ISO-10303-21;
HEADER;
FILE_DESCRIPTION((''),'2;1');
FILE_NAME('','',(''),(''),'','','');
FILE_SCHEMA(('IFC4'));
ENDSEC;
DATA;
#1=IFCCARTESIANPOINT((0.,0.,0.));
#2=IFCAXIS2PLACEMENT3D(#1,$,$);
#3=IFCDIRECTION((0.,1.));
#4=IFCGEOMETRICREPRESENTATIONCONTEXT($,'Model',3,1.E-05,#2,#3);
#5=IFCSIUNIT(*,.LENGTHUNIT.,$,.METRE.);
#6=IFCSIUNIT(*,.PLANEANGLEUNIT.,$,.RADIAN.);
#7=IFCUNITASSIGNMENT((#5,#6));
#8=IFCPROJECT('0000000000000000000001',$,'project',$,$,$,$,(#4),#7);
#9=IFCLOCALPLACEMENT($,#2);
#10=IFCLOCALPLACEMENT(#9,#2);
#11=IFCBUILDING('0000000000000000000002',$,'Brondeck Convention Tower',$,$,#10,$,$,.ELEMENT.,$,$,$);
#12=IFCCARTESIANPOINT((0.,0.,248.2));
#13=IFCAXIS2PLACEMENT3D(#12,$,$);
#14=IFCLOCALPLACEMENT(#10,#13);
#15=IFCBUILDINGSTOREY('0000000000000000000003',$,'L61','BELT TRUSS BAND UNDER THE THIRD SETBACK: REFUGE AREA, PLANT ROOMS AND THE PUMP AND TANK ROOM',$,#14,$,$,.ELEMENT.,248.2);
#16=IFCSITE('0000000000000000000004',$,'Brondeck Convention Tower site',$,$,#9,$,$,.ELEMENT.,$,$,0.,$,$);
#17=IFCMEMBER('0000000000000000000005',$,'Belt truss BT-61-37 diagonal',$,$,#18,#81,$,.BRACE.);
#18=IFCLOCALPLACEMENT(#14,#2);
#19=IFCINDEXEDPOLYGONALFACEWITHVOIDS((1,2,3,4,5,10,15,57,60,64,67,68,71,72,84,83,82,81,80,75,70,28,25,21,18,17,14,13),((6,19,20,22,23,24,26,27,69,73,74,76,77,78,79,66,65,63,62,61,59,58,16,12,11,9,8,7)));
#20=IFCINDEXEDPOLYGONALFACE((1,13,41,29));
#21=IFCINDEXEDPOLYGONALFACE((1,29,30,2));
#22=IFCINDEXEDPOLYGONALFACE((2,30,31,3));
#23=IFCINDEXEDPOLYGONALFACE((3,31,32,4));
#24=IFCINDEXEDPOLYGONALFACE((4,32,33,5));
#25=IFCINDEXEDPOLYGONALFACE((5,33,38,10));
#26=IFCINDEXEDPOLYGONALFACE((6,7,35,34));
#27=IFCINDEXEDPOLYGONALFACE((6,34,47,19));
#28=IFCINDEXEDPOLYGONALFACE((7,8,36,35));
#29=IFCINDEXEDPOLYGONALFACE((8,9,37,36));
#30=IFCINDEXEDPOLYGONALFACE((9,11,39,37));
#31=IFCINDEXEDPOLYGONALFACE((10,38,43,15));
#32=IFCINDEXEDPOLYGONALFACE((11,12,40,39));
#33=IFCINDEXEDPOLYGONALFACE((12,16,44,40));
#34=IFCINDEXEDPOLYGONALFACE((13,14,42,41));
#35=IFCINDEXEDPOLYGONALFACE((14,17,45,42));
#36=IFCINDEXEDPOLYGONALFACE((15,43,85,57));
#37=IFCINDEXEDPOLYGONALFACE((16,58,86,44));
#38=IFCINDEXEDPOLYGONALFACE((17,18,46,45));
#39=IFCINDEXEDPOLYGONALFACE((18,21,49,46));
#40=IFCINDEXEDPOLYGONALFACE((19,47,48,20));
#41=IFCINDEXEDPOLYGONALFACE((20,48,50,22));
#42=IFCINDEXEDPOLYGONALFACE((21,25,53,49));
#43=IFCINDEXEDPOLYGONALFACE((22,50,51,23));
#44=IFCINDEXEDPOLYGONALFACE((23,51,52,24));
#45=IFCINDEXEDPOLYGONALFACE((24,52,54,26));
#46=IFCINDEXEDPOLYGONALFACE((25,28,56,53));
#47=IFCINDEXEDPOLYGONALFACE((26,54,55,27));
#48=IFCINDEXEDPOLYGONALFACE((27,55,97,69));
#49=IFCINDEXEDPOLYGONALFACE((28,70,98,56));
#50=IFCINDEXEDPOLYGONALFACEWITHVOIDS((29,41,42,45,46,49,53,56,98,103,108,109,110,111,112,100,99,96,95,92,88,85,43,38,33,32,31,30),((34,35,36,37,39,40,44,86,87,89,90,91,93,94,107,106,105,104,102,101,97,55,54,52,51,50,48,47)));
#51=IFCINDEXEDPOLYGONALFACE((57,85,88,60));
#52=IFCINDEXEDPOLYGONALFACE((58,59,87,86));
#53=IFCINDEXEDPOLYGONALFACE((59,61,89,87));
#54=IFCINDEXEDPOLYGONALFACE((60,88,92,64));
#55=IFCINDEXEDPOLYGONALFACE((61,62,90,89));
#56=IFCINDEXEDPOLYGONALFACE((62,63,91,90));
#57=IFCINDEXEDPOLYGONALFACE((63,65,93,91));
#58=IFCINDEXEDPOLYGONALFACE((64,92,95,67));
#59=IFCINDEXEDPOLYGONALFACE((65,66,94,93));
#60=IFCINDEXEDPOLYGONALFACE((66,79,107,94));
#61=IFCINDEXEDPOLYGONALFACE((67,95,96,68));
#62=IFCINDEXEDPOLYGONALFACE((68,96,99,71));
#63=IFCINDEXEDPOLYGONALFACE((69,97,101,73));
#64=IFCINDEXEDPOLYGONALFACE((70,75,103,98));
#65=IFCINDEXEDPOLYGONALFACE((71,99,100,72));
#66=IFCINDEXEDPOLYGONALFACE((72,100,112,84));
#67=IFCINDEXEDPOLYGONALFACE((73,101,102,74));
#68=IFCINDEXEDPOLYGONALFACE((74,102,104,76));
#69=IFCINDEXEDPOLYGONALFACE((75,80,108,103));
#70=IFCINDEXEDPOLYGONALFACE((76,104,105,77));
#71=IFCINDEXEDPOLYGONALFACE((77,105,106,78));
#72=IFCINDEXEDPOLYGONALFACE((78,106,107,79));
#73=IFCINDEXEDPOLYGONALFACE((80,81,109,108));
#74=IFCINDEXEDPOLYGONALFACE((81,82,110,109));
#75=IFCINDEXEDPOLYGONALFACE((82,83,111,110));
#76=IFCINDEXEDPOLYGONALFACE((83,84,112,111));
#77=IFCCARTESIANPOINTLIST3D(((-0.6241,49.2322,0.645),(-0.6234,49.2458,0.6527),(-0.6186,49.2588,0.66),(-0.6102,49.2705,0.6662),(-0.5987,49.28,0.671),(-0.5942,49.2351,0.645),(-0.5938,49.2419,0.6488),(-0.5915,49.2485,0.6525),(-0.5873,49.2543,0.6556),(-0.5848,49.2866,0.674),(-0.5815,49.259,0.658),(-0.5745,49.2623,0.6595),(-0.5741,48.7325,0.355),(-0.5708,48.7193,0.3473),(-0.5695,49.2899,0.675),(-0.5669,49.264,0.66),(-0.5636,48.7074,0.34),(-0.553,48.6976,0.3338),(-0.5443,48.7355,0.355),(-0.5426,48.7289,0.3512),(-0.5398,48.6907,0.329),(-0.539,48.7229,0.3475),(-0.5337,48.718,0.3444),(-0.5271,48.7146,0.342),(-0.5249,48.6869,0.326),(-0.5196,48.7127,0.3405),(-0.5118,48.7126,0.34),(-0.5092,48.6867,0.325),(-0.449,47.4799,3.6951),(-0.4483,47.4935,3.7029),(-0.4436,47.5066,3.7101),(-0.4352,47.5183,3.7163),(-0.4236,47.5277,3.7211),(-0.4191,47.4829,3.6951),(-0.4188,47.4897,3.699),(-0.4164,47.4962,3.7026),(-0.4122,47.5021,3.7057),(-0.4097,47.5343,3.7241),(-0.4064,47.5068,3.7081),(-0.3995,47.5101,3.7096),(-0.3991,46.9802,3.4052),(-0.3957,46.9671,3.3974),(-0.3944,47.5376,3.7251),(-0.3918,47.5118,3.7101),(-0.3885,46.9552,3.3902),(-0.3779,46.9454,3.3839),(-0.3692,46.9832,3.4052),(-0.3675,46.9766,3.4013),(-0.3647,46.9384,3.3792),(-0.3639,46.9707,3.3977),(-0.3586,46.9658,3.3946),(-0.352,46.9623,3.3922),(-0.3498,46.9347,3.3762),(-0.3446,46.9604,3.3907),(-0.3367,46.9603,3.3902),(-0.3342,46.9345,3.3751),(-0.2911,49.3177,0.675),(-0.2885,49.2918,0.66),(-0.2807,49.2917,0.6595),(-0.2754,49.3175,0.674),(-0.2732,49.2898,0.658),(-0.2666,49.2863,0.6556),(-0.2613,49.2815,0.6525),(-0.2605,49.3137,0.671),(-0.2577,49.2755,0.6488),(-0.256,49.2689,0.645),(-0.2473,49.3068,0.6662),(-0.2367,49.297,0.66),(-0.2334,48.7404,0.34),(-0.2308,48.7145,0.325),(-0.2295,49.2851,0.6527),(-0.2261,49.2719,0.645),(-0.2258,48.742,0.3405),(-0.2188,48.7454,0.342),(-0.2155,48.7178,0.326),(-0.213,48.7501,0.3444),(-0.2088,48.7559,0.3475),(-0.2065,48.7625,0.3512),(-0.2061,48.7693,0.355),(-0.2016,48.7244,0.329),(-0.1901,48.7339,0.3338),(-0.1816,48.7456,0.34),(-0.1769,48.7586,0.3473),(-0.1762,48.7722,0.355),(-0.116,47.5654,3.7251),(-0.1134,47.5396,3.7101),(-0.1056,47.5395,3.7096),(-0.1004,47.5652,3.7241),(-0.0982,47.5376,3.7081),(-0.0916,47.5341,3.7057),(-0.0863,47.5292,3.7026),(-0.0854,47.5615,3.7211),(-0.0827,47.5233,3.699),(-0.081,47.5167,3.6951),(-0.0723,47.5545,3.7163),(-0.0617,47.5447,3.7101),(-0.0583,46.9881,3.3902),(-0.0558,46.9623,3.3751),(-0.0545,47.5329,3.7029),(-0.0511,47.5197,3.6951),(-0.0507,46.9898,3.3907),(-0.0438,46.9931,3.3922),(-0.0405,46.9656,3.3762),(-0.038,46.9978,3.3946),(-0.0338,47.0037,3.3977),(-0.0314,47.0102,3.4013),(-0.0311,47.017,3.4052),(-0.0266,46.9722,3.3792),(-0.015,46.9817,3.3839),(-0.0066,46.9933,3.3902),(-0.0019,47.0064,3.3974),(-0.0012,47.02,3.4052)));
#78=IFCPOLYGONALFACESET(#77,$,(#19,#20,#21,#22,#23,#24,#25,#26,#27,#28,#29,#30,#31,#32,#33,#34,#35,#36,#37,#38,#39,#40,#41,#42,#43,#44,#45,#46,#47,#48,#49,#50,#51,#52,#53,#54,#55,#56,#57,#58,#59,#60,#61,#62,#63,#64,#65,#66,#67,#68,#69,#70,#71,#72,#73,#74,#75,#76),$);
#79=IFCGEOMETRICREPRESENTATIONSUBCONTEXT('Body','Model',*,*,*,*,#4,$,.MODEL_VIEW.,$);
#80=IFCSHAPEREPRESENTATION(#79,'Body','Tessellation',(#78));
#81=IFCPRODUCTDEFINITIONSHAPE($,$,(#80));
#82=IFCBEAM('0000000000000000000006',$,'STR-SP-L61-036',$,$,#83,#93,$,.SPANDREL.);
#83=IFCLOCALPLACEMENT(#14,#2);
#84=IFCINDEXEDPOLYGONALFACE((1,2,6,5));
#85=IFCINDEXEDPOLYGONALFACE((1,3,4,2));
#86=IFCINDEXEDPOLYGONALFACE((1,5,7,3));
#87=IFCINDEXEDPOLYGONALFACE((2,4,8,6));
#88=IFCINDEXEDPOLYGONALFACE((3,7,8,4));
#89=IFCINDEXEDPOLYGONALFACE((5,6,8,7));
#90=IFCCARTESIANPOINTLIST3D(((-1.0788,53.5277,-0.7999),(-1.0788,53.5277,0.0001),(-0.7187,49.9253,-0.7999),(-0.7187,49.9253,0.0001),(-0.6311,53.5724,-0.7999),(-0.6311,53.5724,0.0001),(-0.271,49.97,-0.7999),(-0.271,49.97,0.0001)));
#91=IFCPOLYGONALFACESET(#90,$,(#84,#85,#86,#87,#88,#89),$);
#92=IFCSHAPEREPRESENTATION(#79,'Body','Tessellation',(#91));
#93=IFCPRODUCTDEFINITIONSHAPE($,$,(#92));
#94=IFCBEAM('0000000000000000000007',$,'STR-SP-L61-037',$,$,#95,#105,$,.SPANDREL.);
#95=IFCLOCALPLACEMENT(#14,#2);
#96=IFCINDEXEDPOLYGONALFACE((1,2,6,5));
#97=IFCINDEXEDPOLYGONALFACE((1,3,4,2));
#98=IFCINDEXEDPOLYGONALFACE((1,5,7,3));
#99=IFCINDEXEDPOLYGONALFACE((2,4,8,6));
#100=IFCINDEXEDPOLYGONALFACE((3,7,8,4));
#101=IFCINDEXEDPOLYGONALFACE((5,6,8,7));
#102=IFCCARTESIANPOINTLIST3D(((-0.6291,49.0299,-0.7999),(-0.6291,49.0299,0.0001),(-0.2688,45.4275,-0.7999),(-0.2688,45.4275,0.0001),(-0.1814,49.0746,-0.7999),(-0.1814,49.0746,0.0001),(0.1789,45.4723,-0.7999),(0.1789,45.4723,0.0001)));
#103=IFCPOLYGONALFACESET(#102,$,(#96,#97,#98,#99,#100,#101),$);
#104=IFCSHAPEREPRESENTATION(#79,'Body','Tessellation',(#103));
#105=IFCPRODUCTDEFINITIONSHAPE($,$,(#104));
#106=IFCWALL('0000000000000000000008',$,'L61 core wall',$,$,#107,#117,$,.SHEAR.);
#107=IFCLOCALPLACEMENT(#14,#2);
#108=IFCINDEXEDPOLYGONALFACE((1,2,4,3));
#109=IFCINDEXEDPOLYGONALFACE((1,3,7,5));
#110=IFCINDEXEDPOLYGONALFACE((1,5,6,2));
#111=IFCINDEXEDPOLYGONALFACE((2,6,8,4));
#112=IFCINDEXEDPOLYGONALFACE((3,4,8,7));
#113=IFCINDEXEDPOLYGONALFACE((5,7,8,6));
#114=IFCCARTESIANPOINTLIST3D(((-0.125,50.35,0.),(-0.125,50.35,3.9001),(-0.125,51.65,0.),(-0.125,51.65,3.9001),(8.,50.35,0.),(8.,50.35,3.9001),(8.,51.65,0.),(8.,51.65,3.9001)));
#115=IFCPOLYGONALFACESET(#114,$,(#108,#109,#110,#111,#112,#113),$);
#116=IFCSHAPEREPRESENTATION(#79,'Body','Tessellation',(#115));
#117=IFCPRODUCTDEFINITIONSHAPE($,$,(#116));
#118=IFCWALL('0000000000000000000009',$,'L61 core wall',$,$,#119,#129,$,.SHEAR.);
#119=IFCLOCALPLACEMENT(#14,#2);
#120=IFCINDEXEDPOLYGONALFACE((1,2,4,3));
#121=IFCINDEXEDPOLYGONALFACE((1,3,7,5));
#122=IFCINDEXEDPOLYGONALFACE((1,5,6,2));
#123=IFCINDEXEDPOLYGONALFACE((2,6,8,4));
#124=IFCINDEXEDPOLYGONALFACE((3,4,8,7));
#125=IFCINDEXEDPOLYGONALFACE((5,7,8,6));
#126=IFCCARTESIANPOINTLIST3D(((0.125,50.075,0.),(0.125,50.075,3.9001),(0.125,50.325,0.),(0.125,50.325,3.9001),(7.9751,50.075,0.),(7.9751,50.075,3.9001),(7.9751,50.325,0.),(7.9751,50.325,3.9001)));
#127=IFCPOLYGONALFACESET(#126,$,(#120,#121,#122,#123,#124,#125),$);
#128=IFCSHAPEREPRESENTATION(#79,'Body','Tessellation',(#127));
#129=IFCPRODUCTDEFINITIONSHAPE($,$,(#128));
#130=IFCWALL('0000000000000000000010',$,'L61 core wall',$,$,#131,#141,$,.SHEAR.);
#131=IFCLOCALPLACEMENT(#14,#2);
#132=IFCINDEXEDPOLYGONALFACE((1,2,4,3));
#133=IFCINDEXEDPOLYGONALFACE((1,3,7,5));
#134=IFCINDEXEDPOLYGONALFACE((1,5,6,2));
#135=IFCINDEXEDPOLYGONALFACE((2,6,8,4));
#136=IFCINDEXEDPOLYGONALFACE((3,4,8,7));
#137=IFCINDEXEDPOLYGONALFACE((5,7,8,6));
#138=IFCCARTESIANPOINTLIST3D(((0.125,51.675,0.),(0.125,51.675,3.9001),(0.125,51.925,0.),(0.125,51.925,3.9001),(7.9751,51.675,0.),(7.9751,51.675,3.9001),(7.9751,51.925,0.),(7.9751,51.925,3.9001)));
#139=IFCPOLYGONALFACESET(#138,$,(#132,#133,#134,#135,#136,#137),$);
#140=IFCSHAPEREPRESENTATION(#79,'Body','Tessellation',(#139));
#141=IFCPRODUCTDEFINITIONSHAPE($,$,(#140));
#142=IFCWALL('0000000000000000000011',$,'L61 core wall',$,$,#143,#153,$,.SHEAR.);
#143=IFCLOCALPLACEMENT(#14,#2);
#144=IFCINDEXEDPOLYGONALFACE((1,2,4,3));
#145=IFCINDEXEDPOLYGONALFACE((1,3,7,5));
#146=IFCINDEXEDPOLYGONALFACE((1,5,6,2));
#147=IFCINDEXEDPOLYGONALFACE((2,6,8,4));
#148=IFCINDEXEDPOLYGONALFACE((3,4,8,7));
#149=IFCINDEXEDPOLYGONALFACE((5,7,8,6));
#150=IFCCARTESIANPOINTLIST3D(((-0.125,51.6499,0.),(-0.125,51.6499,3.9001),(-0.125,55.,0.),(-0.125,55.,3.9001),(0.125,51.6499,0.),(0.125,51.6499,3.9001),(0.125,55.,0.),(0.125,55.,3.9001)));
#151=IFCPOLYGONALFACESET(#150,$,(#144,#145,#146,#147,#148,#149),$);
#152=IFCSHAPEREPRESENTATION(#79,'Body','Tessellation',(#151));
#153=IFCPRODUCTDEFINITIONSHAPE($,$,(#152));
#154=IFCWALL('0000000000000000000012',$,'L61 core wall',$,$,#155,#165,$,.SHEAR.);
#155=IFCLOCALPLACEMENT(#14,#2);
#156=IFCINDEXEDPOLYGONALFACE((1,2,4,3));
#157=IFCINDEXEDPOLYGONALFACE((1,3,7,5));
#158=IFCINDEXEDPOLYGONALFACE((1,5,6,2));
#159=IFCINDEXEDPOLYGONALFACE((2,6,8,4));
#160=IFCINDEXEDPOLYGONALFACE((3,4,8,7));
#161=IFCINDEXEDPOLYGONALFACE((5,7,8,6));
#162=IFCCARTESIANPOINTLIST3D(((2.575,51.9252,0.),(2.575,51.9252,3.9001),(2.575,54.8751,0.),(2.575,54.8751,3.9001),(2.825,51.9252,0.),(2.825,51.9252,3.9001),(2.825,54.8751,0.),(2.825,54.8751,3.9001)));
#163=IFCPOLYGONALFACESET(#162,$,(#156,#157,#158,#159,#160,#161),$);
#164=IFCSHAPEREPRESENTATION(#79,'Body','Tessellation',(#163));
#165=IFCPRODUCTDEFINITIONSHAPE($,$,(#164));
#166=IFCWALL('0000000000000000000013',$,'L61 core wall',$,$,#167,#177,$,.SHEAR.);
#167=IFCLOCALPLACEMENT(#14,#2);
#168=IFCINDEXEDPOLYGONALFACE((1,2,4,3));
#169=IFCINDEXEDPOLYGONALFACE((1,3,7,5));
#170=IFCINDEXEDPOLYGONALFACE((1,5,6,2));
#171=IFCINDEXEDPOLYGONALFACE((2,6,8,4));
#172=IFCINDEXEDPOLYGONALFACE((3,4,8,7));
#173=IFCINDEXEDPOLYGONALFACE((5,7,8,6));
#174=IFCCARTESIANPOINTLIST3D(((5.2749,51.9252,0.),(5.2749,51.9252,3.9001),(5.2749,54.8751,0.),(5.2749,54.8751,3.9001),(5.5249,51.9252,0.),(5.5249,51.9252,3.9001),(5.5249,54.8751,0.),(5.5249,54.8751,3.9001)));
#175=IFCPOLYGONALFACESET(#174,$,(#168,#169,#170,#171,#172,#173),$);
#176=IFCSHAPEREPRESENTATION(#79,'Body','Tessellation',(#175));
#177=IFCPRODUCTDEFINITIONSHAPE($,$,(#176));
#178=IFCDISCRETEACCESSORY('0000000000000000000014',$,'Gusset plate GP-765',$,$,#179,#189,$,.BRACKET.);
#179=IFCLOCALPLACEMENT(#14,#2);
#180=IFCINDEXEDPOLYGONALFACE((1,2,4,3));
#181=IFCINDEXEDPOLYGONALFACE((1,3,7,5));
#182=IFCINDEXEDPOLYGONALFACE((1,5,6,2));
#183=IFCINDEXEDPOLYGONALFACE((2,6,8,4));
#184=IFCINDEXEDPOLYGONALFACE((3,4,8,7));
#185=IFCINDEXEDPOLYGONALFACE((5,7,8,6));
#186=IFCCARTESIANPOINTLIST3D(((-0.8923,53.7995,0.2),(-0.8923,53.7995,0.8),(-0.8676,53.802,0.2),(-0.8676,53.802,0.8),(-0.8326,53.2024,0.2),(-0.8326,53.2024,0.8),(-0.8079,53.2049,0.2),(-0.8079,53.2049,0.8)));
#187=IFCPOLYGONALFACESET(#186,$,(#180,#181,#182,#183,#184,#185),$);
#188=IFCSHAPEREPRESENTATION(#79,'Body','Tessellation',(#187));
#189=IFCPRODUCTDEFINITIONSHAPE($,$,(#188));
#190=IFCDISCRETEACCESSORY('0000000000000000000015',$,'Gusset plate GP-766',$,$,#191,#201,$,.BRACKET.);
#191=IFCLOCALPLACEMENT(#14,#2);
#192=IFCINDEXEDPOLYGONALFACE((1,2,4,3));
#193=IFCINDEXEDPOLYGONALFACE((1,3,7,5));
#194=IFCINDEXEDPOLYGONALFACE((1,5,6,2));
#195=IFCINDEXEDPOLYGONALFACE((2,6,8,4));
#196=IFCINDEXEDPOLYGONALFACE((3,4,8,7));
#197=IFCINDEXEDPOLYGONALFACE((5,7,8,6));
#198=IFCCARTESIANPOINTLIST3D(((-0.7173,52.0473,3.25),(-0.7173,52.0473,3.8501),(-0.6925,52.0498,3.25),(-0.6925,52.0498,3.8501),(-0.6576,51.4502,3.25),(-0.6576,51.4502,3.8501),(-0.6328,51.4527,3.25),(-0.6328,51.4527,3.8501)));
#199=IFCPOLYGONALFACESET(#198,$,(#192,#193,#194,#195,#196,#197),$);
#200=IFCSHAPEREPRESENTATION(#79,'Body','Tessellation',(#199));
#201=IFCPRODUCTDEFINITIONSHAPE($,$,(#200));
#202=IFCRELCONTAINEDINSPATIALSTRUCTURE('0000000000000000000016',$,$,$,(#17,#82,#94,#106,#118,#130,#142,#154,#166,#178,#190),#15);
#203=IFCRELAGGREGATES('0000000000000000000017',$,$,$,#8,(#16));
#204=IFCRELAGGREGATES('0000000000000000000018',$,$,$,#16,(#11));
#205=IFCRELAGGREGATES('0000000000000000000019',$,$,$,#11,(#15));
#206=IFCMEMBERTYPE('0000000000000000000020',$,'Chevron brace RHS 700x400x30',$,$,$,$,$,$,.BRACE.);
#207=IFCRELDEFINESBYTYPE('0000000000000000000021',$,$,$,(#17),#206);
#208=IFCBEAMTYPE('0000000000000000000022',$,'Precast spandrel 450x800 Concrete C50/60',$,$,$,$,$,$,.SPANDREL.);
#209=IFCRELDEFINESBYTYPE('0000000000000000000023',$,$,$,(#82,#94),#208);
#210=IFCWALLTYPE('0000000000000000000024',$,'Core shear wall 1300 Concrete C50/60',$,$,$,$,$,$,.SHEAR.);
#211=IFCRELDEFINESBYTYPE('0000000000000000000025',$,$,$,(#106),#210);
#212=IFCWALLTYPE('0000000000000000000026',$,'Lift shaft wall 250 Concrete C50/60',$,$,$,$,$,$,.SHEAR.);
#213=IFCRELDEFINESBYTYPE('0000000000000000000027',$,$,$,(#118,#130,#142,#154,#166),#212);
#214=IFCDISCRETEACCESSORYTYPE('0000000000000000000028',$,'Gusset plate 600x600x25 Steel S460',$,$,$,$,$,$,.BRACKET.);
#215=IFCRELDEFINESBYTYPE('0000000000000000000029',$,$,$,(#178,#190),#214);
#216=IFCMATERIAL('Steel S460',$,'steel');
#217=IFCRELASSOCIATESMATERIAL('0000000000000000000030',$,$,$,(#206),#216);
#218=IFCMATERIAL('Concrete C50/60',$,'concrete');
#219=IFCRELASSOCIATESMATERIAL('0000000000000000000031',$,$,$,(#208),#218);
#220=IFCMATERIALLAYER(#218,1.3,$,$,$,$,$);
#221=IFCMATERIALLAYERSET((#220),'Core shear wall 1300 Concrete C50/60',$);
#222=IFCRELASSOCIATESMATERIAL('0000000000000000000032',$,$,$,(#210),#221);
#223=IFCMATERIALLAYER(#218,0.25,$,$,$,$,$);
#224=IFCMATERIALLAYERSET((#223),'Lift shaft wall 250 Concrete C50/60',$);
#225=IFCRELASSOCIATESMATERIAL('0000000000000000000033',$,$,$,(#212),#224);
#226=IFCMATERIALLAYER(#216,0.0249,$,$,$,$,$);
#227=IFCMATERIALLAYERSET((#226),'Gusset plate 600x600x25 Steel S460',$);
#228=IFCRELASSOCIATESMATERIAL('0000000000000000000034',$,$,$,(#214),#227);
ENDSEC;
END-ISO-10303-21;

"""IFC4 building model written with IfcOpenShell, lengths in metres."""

from ifc_helpers import new_model, si_unit, direction, frame, frame_2d, origin, origin_2d, place, context, subcontext, project, spatial, rectangle, hollow_rectangle, extrude, material, layer, layer_set, material_profile, profile_set, type_object, element, save


model = new_model("IFC4")

# Units and contexts
model_context = context("Model", 3, precision=1e-05, world=origin(), true_north=direction((0.0, 1.0)))
body_context = subcontext(model_context, "Body", "Model", "MODEL_VIEW")
ifc_project = project(units=[si_unit("LENGTHUNIT", "METRE"), si_unit("PLANEANGLEUNIT", "RADIAN")], contexts=[model_context])

# Site, building, storey
site_placement = place(None, origin())
site = spatial("IfcSite", under=ifc_project, at=site_placement, Name="Brondeck Convention Tower site", CompositionType="ELEMENT", RefElevation=0.0)
building_placement = place(site_placement, origin())
building = spatial("IfcBuilding", under=site, at=building_placement, Name="Brondeck Convention Tower", CompositionType="ELEMENT")
storey_placement = place(building_placement, frame((0.0, 0.0, 248.2)))
storey = spatial("IfcBuildingStorey", under=building, at=storey_placement, Name="L61", Description="BELT TRUSS BAND UNDER THE THIRD SETBACK: REFUGE AREA, PLANT ROOMS AND THE PUMP AND TANK ROOM", CompositionType="ELEMENT", Elevation=248.2)

# Shared definitions
ifc_material_1 = material(Name="Concrete C50/60", Category="concrete")

# Member
ifc_material_2 = material(Name="Steel S460", Category="steel")
ifc_material_profile_1 = material_profile(ifc_material_2, hollow_rectangle(XDim=0.3999, YDim=0.7, WallThickness=0.03, InnerFilletRadius=0.03, OuterFilletRadius=0.0601, at=origin_2d()), Name="RHS 700x400x30")
ifc_profile_set_1 = profile_set([ifc_material_profile_1], Name="Steel S460")
member_type = type_object("IfcMemberType", Name="Chevron brace RHS 700x400x30", PredefinedType="BRACE", material=ifc_profile_set_1)
for number, where, z_axis, x_axis, name in (
    (1, (-0.4001, 49.0022, 0.5), (0.049703, -0.497518, 0.866029), (0.995047, 0.099408, 0.0), "Belt truss BT-61-37 diagonal"),
):
    element("IfcMember", number, at=place(storey_placement, frame(where, z_axis=z_axis, x_axis=x_axis)), inside=storey, type_object=member_type, Name=name, PredefinedType="BRACE", context=body_context, shape_type="SweptSolid", body=[
        extrude(hollow_rectangle(XDim=0.3999, YDim=0.7, WallThickness=0.03, InnerFilletRadius=0.03, OuterFilletRadius=0.0601, at=origin_2d()), origin(), (0.0, 0.0, 1.0), 3.522),
    ])

# Beams
ifc_material_profile_2 = material_profile(ifc_material_1, rectangle(XDim=0.45, YDim=0.8, at=origin_2d()), Name="Precast spandrel 450x800 Concrete C50/60")
ifc_profile_set_2 = profile_set([ifc_material_profile_2], Name="Concrete C50/60")
beam_type = type_object("IfcBeamType", Name="Precast spandrel 450x800 Concrete C50/60", PredefinedType="SPANDREL", material=ifc_profile_set_2)
for number, where, z_axis, x_axis, name in (
    (2, (-0.855, 53.55, -0.3999), (0.09947, -0.995041, 0.0), (0.995041, 0.09947, 0.0), "STR-SP-L61-036"),
    (3, (-0.4053, 49.0522, -0.3999), (0.099537, -0.995034, 0.0), (0.995034, 0.099537, 0.0), "STR-SP-L61-037"),
):
    element("IfcBeam", number, at=place(storey_placement, frame(where, z_axis=z_axis, x_axis=x_axis)), inside=storey, type_object=beam_type, Name=name, PredefinedType="SPANDREL", context=body_context, shape_type="SweptSolid", body=[
        extrude(rectangle(XDim=0.45, YDim=0.8, at=origin_2d()), origin(), (0.0, 0.0, 1.0), 3.6204),
    ])

# Walls
ifc_layer_1 = layer(ifc_material_1, 1.3)
ifc_layer_set_1 = layer_set([ifc_layer_1], Name="Core shear wall 1300 Concrete C50/60")
wall_type_1 = type_object("IfcWallType", Name="Core shear wall 1300 Concrete C50/60", PredefinedType="SHEAR", material=ifc_layer_set_1)
wall_1_placement = place(storey_placement, frame((-0.125, 51.0, 0.0), z_axis=(0.0, 0.0, 1.0), x_axis=(1.0, 0.0, 0.0)))
element("IfcWall", 4, at=wall_1_placement, inside=storey, type_object=wall_type_1, Name="L61 core wall", PredefinedType="SHEAR", context=body_context, shape_type="SweptSolid", body=[
    extrude(rectangle(XDim=8.125, YDim=1.3, at=frame_2d((4.0625, 0.0))), origin(), (0.0, 0.0, 1.0), 3.9001),
])
ifc_layer_2 = layer(ifc_material_1, 0.25)
ifc_layer_set_2 = layer_set([ifc_layer_2], Name="Lift shaft wall 250 Concrete C50/60")
wall_type_2 = type_object("IfcWallType", Name="Lift shaft wall 250 Concrete C50/60", PredefinedType="SHEAR", material=ifc_layer_set_2)
for number, where, z_axis, x_axis, name in (
    (5, (0.125, 50.2, 0.0), (0.0, 0.0, 1.0), (1.0, 0.0, 0.0), "L61 core wall"),
    (6, (0.125, 51.8, 0.0), (0.0, 0.0, 1.0), (1.0, 0.0, 0.0), "L61 core wall"),
):
    element("IfcWall", number, at=place(storey_placement, frame(where, z_axis=z_axis, x_axis=x_axis)), inside=storey, type_object=wall_type_2, Name=name, PredefinedType="SHEAR", context=body_context, shape_type="SweptSolid", body=[
        extrude(rectangle(XDim=7.8501, YDim=0.25, at=frame_2d((3.925, 0.0))), origin(), (0.0, 0.0, 1.0), 3.9001),
    ])
wall_2_placement = place(storey_placement, frame((0.0, 51.6499, 0.0), z_axis=(0.0, 0.0, 1.0), x_axis=(0.0, 1.0, 0.0)))
element("IfcWall", 7, at=wall_2_placement, inside=storey, type_object=wall_type_2, Name="L61 core wall", PredefinedType="SHEAR", context=body_context, shape_type="SweptSolid", body=[
    extrude(rectangle(XDim=3.3501, YDim=0.25, at=frame_2d((1.675, 0.0))), origin(), (0.0, 0.0, 1.0), 3.9001),
])
for number, where, z_axis, x_axis, name in (
    (8, (2.7, 51.925, 0.0), (0.0, 0.0, 1.0), (0.0, 1.0, 0.0), "L61 core wall"),
    (9, (5.3999, 51.925, 0.0), (0.0, 0.0, 1.0), (0.0, 1.0, 0.0), "L61 core wall"),
):
    element("IfcWall", number, at=place(storey_placement, frame(where, z_axis=z_axis, x_axis=x_axis)), inside=storey, type_object=wall_type_2, Name=name, PredefinedType="SHEAR", context=body_context, shape_type="SweptSolid", body=[
        extrude(rectangle(XDim=2.95, YDim=0.25, at=frame_2d((1.4751, 0.0))), origin(), (0.0, 0.0, 1.0), 3.9001),
    ])

# Discrete accessories
ifc_layer_3 = layer(ifc_material_2, 0.0249)
ifc_layer_set_3 = layer_set([ifc_layer_3], Name="Gusset plate 600x600x25 Steel S460")
discrete_accessory_type = type_object("IfcDiscreteAccessoryType", Name="Gusset plate 600x600x25 Steel S460", PredefinedType="BRACKET", material=ifc_layer_set_3)
for number, where, z_axis, x_axis, name in (
    (10, (-0.8501, 53.5022, 0.2), (0.0, 0.0, 1.0), (-0.099511, 0.995036, 0.0), "Gusset plate GP-765"),
    (11, (-0.675, 51.75, 3.25), (0.0, 0.0, 1.0), (-0.099511, 0.995036, 0.0), "Gusset plate GP-766"),
):
    element("IfcDiscreteAccessory", number, at=place(storey_placement, frame(where, z_axis=z_axis, x_axis=x_axis)), inside=storey, type_object=discrete_accessory_type, Name=name, PredefinedType="BRACKET", context=body_context, shape_type="SweptSolid", body=[
        extrude(rectangle(XDim=0.6001, YDim=0.0249, at=origin_2d()), origin(), (0.0, 0.0, 1.0), 0.6001),
    ])

save(model, "model.ifc")
